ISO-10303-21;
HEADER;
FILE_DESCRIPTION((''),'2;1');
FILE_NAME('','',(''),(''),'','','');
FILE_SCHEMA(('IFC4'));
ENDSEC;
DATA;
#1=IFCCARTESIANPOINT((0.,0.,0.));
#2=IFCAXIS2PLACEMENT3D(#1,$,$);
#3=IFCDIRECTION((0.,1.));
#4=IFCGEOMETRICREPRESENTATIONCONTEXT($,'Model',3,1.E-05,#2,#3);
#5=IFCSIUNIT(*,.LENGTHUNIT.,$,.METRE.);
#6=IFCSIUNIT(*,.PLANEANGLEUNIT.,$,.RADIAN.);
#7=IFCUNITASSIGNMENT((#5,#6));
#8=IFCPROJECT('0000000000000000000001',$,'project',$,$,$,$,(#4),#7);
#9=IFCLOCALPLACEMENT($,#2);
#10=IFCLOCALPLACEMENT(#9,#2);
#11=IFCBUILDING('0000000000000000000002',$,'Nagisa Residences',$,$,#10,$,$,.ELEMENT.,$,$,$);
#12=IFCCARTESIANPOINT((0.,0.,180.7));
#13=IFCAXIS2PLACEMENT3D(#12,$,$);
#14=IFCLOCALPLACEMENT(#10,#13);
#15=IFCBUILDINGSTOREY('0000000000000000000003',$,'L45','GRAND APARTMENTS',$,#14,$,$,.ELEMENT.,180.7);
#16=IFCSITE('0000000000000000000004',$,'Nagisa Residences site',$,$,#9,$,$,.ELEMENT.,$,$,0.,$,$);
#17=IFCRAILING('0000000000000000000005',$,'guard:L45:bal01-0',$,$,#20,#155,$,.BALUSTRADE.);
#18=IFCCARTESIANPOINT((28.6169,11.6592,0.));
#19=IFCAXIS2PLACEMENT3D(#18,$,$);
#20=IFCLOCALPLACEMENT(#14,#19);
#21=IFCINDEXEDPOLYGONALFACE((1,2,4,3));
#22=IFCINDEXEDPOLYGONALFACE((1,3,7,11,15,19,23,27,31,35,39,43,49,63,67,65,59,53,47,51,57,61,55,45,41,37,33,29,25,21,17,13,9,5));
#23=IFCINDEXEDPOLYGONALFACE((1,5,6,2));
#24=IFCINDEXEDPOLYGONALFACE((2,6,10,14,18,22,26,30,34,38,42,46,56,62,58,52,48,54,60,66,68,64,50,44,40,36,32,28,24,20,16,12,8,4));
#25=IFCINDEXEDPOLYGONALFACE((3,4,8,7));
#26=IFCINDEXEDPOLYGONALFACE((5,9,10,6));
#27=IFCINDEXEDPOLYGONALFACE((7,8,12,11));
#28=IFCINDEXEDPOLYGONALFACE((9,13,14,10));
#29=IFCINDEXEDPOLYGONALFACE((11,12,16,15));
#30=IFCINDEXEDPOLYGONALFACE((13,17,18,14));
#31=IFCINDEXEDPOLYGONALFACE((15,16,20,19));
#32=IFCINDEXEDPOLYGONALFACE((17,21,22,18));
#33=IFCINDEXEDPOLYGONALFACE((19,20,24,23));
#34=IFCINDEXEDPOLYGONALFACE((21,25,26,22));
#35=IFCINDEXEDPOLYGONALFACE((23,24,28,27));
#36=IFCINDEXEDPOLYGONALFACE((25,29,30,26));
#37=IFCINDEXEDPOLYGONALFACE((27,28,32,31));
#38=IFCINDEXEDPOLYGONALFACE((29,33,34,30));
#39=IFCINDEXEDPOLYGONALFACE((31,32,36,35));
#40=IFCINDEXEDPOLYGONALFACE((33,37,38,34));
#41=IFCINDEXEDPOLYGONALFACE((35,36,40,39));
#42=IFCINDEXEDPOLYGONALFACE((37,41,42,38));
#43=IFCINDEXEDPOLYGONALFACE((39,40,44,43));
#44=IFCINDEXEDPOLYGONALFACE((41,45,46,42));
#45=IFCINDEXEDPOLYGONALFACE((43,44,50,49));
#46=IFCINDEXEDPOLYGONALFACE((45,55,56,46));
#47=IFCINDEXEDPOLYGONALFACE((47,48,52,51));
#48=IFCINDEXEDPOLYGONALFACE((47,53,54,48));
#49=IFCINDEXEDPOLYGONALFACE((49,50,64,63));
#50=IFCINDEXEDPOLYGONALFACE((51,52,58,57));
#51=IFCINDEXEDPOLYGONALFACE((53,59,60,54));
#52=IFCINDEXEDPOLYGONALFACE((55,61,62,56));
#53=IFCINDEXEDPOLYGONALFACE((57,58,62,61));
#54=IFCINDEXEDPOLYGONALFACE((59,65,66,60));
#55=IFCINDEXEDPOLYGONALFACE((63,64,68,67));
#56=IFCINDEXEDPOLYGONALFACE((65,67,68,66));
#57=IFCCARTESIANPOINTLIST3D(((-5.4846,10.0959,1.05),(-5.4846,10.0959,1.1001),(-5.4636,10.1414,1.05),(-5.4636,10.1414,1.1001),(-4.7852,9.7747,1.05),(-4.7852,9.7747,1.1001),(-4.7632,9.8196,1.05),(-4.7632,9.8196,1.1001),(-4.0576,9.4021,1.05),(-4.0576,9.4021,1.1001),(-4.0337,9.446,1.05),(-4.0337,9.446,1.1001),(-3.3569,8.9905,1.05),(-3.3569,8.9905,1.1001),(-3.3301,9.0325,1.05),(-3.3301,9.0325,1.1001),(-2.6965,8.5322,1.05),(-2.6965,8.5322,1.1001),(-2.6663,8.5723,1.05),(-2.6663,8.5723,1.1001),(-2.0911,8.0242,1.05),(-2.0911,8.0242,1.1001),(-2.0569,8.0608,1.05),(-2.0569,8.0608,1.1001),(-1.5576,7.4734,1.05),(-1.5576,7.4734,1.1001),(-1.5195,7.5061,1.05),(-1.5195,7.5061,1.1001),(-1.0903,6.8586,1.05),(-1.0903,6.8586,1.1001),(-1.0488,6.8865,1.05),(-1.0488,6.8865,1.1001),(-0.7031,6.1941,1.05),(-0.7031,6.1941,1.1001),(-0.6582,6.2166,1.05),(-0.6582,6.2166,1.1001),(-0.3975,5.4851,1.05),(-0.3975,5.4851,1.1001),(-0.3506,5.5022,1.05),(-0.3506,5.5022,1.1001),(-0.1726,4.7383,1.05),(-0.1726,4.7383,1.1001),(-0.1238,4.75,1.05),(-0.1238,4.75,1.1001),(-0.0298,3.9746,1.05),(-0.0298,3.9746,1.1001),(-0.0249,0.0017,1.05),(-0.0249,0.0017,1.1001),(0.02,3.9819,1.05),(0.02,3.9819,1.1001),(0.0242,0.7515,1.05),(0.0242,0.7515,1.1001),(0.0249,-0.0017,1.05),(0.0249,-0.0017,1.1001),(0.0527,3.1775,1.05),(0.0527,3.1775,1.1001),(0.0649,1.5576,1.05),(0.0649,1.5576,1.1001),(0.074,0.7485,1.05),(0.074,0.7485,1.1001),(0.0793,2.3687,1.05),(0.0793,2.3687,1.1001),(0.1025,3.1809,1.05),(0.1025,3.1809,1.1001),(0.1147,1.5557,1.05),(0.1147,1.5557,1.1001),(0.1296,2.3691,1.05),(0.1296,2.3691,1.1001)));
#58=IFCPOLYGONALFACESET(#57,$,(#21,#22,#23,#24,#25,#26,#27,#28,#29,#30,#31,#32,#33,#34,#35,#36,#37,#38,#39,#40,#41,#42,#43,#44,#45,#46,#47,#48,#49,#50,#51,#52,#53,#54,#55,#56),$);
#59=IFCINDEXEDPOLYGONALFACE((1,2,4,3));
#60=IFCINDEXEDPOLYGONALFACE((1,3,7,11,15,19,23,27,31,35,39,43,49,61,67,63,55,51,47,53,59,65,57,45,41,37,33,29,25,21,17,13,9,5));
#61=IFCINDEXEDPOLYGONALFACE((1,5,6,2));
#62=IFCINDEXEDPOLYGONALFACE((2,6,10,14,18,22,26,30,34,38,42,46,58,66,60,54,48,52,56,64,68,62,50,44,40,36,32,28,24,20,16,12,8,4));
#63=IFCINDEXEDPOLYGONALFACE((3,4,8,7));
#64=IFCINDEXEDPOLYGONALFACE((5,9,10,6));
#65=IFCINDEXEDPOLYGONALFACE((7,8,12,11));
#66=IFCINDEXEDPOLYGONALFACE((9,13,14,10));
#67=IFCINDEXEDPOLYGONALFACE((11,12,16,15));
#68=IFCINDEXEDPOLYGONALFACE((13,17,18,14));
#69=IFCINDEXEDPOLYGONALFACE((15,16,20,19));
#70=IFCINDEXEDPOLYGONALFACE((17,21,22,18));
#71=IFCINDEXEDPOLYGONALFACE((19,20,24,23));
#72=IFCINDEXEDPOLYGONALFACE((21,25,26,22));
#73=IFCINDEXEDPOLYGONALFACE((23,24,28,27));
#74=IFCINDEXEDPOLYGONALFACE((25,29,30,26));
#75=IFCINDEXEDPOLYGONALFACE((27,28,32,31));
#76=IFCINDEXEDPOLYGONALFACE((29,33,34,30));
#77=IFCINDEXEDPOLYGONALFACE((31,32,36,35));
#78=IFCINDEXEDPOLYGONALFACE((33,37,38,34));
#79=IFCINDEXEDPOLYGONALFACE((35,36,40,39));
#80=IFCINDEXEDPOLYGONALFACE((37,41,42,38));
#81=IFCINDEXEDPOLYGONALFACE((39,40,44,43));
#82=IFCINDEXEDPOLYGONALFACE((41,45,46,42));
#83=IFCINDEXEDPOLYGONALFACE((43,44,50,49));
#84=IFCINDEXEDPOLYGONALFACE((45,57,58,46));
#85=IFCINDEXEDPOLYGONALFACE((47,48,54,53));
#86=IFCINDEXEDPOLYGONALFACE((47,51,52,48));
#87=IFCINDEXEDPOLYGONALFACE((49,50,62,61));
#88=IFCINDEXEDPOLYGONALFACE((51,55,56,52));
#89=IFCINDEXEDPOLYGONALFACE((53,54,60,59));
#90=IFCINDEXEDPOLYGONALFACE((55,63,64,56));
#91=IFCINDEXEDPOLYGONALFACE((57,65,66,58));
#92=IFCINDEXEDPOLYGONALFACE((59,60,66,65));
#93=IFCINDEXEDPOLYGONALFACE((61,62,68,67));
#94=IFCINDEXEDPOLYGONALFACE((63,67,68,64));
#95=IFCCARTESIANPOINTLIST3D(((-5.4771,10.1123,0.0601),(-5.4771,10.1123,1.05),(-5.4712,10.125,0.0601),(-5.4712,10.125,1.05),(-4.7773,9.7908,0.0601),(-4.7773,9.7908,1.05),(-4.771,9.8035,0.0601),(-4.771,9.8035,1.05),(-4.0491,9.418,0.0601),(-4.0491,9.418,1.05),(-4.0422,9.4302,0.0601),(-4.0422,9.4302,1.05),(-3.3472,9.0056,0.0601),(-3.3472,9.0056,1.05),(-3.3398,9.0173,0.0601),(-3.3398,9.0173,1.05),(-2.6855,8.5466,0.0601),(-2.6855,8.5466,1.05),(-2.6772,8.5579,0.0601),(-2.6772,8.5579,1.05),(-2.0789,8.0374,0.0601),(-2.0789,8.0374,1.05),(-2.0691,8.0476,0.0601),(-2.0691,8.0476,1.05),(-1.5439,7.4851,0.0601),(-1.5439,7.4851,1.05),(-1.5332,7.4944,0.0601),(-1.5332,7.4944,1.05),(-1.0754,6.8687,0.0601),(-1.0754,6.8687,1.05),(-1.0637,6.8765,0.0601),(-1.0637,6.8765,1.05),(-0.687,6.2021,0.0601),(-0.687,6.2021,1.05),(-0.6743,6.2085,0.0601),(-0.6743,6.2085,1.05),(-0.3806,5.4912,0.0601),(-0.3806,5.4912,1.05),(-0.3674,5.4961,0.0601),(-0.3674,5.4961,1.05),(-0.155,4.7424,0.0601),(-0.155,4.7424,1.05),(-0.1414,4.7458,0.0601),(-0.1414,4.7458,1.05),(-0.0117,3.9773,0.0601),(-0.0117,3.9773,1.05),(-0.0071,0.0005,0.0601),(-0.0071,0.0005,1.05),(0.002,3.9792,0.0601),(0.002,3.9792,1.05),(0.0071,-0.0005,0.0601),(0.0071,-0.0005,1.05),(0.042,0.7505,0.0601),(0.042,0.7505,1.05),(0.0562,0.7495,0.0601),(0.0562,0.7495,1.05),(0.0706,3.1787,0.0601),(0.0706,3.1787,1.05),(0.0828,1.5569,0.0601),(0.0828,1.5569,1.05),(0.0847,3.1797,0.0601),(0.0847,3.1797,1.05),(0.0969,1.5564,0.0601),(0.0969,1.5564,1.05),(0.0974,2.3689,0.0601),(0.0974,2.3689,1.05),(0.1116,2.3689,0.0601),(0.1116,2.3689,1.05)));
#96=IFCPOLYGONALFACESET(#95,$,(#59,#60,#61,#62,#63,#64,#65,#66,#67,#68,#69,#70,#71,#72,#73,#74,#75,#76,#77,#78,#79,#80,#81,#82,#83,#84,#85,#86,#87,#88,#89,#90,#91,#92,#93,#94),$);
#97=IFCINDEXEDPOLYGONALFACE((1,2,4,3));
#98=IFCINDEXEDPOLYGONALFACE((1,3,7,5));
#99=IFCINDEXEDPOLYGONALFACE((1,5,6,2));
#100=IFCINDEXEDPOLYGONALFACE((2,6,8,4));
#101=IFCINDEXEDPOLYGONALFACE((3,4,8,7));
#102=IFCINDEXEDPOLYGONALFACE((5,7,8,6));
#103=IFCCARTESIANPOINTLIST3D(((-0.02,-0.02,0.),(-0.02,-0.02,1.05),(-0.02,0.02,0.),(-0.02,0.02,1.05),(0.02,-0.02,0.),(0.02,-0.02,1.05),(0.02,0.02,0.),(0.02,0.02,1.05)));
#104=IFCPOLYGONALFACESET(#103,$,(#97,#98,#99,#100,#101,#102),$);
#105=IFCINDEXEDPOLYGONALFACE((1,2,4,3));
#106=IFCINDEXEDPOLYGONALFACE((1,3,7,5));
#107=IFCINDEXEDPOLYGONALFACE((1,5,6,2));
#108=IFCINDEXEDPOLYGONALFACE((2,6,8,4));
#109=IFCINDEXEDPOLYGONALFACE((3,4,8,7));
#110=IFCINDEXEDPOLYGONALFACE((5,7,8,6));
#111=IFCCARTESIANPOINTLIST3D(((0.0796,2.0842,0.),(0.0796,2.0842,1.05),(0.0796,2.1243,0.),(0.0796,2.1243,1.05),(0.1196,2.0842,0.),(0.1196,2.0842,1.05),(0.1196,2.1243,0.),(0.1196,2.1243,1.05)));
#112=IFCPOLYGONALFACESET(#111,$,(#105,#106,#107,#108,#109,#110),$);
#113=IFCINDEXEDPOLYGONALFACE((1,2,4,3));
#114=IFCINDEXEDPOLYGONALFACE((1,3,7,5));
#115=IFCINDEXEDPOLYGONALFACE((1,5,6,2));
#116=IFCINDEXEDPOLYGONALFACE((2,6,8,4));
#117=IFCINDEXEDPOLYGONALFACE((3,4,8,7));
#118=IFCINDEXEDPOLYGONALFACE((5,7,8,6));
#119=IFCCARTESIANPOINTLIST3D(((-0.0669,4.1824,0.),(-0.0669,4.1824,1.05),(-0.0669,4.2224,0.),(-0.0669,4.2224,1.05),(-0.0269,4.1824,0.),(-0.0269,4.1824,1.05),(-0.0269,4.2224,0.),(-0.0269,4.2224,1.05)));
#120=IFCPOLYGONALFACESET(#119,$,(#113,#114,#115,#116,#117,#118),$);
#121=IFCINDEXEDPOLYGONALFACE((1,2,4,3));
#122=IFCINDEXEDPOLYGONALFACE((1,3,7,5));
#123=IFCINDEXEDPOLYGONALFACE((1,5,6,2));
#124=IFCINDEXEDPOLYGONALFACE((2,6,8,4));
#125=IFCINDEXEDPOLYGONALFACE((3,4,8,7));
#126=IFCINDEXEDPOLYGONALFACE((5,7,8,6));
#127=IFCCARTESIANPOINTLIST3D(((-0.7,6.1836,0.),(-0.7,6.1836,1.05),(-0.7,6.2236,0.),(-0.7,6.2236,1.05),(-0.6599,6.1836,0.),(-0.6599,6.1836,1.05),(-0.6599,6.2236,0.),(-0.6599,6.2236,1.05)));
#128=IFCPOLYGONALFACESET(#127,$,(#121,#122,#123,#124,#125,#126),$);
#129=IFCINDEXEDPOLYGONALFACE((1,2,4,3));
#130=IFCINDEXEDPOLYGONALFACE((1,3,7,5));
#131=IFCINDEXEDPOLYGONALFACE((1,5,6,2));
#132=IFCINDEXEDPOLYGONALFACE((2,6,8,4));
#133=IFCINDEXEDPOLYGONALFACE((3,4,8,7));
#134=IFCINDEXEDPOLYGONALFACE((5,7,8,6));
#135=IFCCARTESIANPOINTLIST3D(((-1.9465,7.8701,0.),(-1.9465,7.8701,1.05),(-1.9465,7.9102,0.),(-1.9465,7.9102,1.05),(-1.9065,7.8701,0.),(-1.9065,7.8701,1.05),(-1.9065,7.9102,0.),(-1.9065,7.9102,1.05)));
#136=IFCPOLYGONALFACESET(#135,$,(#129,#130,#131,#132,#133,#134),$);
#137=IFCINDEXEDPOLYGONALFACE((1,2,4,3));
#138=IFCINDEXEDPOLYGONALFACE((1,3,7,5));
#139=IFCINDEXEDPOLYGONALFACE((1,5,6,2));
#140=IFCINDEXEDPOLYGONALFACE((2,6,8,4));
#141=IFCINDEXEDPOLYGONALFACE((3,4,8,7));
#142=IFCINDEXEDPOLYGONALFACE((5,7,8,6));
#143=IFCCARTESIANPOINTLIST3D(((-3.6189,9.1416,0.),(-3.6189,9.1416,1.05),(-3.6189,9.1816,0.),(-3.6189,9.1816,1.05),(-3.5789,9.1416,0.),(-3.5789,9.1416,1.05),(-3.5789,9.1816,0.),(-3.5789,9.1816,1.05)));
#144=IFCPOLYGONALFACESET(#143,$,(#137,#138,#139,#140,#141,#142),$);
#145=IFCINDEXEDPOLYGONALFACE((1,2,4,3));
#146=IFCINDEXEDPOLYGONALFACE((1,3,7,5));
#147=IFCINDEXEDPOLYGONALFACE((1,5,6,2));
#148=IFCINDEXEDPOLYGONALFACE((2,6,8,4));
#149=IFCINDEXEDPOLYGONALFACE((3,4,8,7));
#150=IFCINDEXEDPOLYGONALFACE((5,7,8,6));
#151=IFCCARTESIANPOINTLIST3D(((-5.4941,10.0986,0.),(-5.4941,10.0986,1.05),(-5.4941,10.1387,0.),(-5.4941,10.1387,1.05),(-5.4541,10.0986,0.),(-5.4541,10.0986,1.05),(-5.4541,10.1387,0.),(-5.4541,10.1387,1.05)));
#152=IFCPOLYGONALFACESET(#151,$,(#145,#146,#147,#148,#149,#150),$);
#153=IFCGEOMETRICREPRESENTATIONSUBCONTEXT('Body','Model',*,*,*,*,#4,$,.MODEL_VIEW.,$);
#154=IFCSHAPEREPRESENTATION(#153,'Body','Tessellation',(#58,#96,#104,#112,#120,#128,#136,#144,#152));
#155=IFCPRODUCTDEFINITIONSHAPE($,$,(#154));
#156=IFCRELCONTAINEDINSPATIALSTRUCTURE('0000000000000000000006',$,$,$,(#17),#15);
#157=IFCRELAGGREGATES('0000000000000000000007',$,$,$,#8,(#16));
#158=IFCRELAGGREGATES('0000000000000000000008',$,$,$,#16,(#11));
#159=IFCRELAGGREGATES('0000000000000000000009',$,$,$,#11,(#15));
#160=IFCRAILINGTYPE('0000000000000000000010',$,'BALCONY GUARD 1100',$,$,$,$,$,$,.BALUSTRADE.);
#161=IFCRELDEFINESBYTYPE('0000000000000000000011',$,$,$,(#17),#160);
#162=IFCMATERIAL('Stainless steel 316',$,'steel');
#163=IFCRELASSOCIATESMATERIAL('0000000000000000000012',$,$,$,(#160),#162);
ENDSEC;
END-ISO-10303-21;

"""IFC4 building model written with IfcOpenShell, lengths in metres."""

from ifc_helpers import new_model, si_unit, direction, frame, origin, origin_2d, place, context, subcontext, project, spatial, polyline, rectangle, outline, extrude, material, type_object, element, save


model = new_model("IFC4")

# Units and contexts
model_context = context("Model", 3, precision=1e-05, world=origin(), true_north=direction((0.0, 1.0)))
body_context = subcontext(model_context, "Body", "Model", "MODEL_VIEW")
ifc_project = project(units=[si_unit("LENGTHUNIT", "METRE"), si_unit("PLANEANGLEUNIT", "RADIAN")], contexts=[model_context])

# Site, building, storey
site_placement = place(None, origin())
site = spatial("IfcSite", under=ifc_project, at=site_placement, Name="Nagisa Residences site", CompositionType="ELEMENT", RefElevation=0.0)
building_placement = place(site_placement, origin())
building = spatial("IfcBuilding", under=site, at=building_placement, Name="Nagisa Residences", CompositionType="ELEMENT")
storey_placement = place(building_placement, frame((0.0, 0.0, 180.7)))
storey = spatial("IfcBuildingStorey", under=building, at=storey_placement, Name="L45", Description="GRAND APARTMENTS", CompositionType="ELEMENT", Elevation=180.7)

# Railing
ifc_material_1 = material(Name="Stainless steel 316", Category="steel")
railing_type = type_object("IfcRailingType", Name="BALCONY GUARD 1100", PredefinedType="BALUSTRADE", material=ifc_material_1)
railing_1_placement = place(storey_placement, frame((28.6169, 11.6592, 0.0)))
element("IfcRailing", 1, at=railing_1_placement, inside=storey, type_object=railing_type, Name="guard:L45:bal01-0", PredefinedType="BALUSTRADE", context=body_context, shape_type="SweptSolid", body=[
    extrude(outline(polyline([(0.0242, 0.7515), (-0.0249, 0.0017), (0.0249, -0.0017), (0.074, 0.7485), (0.1147, 1.5557), (0.1296, 2.3691), (0.1025, 3.1809), (0.02, 3.9819), (-0.1238, 4.75), (-0.3506, 5.5022), (-0.6582, 6.2166), (-1.0488, 6.8865), (-1.5195, 7.5061), (-2.0569, 8.0608), (-2.6663, 8.5723), (-3.3301, 9.0325), (-4.0337, 9.446), (-4.7632, 9.8196), (-5.4636, 10.1414), (-5.4846, 10.0959), (-4.7852, 9.7747), (-4.0576, 9.4021), (-3.3569, 8.9905), (-2.6965, 8.5322), (-2.0911, 8.0242), (-1.5576, 7.4734), (-1.0903, 6.8586), (-0.7031, 6.1941), (-0.3975, 5.4851), (-0.1726, 4.7383), (-0.0298, 3.9746), (0.0527, 3.1775), (0.0793, 2.3687), (0.0649, 1.5576), (0.0242, 0.7515)])), frame((0.0, 0.0, 1.05)), (0.0, 0.0, 1.0), 0.05),
    extrude(outline(polyline([(0.042, 0.7505), (-0.0071, 0.0005), (0.0071, -0.0005), (0.0562, 0.7495), (0.0969, 1.5564), (0.1116, 2.3689), (0.0847, 3.1797), (0.002, 3.9792), (-0.1414, 4.7458), (-0.3674, 5.4961), (-0.6743, 6.2085), (-1.0637, 6.8765), (-1.5332, 7.4944), (-2.0691, 8.0476), (-2.6772, 8.5579), (-3.3398, 9.0173), (-4.0422, 9.4302), (-4.771, 9.8035), (-5.4712, 10.125), (-5.4771, 10.1123), (-4.7773, 9.7908), (-4.0491, 9.418), (-3.3472, 9.0056), (-2.6855, 8.5466), (-2.0789, 8.0374), (-1.5439, 7.4851), (-1.0754, 6.8687), (-0.687, 6.2021), (-0.3806, 5.4912), (-0.155, 4.7424), (-0.0117, 3.9773), (0.0706, 3.1787), (0.0974, 2.3689), (0.0828, 1.5569), (0.042, 0.7505)])), frame((0.0, 0.0, 0.0601)), (0.0, 0.0, 1.0), 0.99),
    extrude(rectangle(XDim=0.04, YDim=0.04, at=origin_2d()), origin(), (0.0, 0.0, 1.0), 1.05),
    extrude(rectangle(XDim=0.04, YDim=0.04, at=origin_2d()), frame((0.0996, 2.1042, 0.0)), (0.0, 0.0, 1.0), 1.05),
    extrude(rectangle(XDim=0.04, YDim=0.04, at=origin_2d()), frame((-0.0469, 4.2024, 0.0)), (0.0, 0.0, 1.0), 1.05),
    extrude(rectangle(XDim=0.04, YDim=0.04, at=origin_2d()), frame((-0.6799, 6.2036, 0.0)), (0.0, 0.0, 1.0), 1.05),
    extrude(rectangle(XDim=0.04, YDim=0.04, at=origin_2d()), frame((-1.9265, 7.8901, 0.0)), (0.0, 0.0, 1.0), 1.05),
    extrude(rectangle(XDim=0.04, YDim=0.04, at=origin_2d()), frame((-3.5989, 9.1616, 0.0)), (0.0, 0.0, 1.0), 1.05),
    extrude(rectangle(XDim=0.04, YDim=0.04, at=origin_2d()), frame((-5.4741, 10.1187, 0.0)), (0.0, 0.0, 1.0), 1.05),
])

save(model, "model.ifc")
